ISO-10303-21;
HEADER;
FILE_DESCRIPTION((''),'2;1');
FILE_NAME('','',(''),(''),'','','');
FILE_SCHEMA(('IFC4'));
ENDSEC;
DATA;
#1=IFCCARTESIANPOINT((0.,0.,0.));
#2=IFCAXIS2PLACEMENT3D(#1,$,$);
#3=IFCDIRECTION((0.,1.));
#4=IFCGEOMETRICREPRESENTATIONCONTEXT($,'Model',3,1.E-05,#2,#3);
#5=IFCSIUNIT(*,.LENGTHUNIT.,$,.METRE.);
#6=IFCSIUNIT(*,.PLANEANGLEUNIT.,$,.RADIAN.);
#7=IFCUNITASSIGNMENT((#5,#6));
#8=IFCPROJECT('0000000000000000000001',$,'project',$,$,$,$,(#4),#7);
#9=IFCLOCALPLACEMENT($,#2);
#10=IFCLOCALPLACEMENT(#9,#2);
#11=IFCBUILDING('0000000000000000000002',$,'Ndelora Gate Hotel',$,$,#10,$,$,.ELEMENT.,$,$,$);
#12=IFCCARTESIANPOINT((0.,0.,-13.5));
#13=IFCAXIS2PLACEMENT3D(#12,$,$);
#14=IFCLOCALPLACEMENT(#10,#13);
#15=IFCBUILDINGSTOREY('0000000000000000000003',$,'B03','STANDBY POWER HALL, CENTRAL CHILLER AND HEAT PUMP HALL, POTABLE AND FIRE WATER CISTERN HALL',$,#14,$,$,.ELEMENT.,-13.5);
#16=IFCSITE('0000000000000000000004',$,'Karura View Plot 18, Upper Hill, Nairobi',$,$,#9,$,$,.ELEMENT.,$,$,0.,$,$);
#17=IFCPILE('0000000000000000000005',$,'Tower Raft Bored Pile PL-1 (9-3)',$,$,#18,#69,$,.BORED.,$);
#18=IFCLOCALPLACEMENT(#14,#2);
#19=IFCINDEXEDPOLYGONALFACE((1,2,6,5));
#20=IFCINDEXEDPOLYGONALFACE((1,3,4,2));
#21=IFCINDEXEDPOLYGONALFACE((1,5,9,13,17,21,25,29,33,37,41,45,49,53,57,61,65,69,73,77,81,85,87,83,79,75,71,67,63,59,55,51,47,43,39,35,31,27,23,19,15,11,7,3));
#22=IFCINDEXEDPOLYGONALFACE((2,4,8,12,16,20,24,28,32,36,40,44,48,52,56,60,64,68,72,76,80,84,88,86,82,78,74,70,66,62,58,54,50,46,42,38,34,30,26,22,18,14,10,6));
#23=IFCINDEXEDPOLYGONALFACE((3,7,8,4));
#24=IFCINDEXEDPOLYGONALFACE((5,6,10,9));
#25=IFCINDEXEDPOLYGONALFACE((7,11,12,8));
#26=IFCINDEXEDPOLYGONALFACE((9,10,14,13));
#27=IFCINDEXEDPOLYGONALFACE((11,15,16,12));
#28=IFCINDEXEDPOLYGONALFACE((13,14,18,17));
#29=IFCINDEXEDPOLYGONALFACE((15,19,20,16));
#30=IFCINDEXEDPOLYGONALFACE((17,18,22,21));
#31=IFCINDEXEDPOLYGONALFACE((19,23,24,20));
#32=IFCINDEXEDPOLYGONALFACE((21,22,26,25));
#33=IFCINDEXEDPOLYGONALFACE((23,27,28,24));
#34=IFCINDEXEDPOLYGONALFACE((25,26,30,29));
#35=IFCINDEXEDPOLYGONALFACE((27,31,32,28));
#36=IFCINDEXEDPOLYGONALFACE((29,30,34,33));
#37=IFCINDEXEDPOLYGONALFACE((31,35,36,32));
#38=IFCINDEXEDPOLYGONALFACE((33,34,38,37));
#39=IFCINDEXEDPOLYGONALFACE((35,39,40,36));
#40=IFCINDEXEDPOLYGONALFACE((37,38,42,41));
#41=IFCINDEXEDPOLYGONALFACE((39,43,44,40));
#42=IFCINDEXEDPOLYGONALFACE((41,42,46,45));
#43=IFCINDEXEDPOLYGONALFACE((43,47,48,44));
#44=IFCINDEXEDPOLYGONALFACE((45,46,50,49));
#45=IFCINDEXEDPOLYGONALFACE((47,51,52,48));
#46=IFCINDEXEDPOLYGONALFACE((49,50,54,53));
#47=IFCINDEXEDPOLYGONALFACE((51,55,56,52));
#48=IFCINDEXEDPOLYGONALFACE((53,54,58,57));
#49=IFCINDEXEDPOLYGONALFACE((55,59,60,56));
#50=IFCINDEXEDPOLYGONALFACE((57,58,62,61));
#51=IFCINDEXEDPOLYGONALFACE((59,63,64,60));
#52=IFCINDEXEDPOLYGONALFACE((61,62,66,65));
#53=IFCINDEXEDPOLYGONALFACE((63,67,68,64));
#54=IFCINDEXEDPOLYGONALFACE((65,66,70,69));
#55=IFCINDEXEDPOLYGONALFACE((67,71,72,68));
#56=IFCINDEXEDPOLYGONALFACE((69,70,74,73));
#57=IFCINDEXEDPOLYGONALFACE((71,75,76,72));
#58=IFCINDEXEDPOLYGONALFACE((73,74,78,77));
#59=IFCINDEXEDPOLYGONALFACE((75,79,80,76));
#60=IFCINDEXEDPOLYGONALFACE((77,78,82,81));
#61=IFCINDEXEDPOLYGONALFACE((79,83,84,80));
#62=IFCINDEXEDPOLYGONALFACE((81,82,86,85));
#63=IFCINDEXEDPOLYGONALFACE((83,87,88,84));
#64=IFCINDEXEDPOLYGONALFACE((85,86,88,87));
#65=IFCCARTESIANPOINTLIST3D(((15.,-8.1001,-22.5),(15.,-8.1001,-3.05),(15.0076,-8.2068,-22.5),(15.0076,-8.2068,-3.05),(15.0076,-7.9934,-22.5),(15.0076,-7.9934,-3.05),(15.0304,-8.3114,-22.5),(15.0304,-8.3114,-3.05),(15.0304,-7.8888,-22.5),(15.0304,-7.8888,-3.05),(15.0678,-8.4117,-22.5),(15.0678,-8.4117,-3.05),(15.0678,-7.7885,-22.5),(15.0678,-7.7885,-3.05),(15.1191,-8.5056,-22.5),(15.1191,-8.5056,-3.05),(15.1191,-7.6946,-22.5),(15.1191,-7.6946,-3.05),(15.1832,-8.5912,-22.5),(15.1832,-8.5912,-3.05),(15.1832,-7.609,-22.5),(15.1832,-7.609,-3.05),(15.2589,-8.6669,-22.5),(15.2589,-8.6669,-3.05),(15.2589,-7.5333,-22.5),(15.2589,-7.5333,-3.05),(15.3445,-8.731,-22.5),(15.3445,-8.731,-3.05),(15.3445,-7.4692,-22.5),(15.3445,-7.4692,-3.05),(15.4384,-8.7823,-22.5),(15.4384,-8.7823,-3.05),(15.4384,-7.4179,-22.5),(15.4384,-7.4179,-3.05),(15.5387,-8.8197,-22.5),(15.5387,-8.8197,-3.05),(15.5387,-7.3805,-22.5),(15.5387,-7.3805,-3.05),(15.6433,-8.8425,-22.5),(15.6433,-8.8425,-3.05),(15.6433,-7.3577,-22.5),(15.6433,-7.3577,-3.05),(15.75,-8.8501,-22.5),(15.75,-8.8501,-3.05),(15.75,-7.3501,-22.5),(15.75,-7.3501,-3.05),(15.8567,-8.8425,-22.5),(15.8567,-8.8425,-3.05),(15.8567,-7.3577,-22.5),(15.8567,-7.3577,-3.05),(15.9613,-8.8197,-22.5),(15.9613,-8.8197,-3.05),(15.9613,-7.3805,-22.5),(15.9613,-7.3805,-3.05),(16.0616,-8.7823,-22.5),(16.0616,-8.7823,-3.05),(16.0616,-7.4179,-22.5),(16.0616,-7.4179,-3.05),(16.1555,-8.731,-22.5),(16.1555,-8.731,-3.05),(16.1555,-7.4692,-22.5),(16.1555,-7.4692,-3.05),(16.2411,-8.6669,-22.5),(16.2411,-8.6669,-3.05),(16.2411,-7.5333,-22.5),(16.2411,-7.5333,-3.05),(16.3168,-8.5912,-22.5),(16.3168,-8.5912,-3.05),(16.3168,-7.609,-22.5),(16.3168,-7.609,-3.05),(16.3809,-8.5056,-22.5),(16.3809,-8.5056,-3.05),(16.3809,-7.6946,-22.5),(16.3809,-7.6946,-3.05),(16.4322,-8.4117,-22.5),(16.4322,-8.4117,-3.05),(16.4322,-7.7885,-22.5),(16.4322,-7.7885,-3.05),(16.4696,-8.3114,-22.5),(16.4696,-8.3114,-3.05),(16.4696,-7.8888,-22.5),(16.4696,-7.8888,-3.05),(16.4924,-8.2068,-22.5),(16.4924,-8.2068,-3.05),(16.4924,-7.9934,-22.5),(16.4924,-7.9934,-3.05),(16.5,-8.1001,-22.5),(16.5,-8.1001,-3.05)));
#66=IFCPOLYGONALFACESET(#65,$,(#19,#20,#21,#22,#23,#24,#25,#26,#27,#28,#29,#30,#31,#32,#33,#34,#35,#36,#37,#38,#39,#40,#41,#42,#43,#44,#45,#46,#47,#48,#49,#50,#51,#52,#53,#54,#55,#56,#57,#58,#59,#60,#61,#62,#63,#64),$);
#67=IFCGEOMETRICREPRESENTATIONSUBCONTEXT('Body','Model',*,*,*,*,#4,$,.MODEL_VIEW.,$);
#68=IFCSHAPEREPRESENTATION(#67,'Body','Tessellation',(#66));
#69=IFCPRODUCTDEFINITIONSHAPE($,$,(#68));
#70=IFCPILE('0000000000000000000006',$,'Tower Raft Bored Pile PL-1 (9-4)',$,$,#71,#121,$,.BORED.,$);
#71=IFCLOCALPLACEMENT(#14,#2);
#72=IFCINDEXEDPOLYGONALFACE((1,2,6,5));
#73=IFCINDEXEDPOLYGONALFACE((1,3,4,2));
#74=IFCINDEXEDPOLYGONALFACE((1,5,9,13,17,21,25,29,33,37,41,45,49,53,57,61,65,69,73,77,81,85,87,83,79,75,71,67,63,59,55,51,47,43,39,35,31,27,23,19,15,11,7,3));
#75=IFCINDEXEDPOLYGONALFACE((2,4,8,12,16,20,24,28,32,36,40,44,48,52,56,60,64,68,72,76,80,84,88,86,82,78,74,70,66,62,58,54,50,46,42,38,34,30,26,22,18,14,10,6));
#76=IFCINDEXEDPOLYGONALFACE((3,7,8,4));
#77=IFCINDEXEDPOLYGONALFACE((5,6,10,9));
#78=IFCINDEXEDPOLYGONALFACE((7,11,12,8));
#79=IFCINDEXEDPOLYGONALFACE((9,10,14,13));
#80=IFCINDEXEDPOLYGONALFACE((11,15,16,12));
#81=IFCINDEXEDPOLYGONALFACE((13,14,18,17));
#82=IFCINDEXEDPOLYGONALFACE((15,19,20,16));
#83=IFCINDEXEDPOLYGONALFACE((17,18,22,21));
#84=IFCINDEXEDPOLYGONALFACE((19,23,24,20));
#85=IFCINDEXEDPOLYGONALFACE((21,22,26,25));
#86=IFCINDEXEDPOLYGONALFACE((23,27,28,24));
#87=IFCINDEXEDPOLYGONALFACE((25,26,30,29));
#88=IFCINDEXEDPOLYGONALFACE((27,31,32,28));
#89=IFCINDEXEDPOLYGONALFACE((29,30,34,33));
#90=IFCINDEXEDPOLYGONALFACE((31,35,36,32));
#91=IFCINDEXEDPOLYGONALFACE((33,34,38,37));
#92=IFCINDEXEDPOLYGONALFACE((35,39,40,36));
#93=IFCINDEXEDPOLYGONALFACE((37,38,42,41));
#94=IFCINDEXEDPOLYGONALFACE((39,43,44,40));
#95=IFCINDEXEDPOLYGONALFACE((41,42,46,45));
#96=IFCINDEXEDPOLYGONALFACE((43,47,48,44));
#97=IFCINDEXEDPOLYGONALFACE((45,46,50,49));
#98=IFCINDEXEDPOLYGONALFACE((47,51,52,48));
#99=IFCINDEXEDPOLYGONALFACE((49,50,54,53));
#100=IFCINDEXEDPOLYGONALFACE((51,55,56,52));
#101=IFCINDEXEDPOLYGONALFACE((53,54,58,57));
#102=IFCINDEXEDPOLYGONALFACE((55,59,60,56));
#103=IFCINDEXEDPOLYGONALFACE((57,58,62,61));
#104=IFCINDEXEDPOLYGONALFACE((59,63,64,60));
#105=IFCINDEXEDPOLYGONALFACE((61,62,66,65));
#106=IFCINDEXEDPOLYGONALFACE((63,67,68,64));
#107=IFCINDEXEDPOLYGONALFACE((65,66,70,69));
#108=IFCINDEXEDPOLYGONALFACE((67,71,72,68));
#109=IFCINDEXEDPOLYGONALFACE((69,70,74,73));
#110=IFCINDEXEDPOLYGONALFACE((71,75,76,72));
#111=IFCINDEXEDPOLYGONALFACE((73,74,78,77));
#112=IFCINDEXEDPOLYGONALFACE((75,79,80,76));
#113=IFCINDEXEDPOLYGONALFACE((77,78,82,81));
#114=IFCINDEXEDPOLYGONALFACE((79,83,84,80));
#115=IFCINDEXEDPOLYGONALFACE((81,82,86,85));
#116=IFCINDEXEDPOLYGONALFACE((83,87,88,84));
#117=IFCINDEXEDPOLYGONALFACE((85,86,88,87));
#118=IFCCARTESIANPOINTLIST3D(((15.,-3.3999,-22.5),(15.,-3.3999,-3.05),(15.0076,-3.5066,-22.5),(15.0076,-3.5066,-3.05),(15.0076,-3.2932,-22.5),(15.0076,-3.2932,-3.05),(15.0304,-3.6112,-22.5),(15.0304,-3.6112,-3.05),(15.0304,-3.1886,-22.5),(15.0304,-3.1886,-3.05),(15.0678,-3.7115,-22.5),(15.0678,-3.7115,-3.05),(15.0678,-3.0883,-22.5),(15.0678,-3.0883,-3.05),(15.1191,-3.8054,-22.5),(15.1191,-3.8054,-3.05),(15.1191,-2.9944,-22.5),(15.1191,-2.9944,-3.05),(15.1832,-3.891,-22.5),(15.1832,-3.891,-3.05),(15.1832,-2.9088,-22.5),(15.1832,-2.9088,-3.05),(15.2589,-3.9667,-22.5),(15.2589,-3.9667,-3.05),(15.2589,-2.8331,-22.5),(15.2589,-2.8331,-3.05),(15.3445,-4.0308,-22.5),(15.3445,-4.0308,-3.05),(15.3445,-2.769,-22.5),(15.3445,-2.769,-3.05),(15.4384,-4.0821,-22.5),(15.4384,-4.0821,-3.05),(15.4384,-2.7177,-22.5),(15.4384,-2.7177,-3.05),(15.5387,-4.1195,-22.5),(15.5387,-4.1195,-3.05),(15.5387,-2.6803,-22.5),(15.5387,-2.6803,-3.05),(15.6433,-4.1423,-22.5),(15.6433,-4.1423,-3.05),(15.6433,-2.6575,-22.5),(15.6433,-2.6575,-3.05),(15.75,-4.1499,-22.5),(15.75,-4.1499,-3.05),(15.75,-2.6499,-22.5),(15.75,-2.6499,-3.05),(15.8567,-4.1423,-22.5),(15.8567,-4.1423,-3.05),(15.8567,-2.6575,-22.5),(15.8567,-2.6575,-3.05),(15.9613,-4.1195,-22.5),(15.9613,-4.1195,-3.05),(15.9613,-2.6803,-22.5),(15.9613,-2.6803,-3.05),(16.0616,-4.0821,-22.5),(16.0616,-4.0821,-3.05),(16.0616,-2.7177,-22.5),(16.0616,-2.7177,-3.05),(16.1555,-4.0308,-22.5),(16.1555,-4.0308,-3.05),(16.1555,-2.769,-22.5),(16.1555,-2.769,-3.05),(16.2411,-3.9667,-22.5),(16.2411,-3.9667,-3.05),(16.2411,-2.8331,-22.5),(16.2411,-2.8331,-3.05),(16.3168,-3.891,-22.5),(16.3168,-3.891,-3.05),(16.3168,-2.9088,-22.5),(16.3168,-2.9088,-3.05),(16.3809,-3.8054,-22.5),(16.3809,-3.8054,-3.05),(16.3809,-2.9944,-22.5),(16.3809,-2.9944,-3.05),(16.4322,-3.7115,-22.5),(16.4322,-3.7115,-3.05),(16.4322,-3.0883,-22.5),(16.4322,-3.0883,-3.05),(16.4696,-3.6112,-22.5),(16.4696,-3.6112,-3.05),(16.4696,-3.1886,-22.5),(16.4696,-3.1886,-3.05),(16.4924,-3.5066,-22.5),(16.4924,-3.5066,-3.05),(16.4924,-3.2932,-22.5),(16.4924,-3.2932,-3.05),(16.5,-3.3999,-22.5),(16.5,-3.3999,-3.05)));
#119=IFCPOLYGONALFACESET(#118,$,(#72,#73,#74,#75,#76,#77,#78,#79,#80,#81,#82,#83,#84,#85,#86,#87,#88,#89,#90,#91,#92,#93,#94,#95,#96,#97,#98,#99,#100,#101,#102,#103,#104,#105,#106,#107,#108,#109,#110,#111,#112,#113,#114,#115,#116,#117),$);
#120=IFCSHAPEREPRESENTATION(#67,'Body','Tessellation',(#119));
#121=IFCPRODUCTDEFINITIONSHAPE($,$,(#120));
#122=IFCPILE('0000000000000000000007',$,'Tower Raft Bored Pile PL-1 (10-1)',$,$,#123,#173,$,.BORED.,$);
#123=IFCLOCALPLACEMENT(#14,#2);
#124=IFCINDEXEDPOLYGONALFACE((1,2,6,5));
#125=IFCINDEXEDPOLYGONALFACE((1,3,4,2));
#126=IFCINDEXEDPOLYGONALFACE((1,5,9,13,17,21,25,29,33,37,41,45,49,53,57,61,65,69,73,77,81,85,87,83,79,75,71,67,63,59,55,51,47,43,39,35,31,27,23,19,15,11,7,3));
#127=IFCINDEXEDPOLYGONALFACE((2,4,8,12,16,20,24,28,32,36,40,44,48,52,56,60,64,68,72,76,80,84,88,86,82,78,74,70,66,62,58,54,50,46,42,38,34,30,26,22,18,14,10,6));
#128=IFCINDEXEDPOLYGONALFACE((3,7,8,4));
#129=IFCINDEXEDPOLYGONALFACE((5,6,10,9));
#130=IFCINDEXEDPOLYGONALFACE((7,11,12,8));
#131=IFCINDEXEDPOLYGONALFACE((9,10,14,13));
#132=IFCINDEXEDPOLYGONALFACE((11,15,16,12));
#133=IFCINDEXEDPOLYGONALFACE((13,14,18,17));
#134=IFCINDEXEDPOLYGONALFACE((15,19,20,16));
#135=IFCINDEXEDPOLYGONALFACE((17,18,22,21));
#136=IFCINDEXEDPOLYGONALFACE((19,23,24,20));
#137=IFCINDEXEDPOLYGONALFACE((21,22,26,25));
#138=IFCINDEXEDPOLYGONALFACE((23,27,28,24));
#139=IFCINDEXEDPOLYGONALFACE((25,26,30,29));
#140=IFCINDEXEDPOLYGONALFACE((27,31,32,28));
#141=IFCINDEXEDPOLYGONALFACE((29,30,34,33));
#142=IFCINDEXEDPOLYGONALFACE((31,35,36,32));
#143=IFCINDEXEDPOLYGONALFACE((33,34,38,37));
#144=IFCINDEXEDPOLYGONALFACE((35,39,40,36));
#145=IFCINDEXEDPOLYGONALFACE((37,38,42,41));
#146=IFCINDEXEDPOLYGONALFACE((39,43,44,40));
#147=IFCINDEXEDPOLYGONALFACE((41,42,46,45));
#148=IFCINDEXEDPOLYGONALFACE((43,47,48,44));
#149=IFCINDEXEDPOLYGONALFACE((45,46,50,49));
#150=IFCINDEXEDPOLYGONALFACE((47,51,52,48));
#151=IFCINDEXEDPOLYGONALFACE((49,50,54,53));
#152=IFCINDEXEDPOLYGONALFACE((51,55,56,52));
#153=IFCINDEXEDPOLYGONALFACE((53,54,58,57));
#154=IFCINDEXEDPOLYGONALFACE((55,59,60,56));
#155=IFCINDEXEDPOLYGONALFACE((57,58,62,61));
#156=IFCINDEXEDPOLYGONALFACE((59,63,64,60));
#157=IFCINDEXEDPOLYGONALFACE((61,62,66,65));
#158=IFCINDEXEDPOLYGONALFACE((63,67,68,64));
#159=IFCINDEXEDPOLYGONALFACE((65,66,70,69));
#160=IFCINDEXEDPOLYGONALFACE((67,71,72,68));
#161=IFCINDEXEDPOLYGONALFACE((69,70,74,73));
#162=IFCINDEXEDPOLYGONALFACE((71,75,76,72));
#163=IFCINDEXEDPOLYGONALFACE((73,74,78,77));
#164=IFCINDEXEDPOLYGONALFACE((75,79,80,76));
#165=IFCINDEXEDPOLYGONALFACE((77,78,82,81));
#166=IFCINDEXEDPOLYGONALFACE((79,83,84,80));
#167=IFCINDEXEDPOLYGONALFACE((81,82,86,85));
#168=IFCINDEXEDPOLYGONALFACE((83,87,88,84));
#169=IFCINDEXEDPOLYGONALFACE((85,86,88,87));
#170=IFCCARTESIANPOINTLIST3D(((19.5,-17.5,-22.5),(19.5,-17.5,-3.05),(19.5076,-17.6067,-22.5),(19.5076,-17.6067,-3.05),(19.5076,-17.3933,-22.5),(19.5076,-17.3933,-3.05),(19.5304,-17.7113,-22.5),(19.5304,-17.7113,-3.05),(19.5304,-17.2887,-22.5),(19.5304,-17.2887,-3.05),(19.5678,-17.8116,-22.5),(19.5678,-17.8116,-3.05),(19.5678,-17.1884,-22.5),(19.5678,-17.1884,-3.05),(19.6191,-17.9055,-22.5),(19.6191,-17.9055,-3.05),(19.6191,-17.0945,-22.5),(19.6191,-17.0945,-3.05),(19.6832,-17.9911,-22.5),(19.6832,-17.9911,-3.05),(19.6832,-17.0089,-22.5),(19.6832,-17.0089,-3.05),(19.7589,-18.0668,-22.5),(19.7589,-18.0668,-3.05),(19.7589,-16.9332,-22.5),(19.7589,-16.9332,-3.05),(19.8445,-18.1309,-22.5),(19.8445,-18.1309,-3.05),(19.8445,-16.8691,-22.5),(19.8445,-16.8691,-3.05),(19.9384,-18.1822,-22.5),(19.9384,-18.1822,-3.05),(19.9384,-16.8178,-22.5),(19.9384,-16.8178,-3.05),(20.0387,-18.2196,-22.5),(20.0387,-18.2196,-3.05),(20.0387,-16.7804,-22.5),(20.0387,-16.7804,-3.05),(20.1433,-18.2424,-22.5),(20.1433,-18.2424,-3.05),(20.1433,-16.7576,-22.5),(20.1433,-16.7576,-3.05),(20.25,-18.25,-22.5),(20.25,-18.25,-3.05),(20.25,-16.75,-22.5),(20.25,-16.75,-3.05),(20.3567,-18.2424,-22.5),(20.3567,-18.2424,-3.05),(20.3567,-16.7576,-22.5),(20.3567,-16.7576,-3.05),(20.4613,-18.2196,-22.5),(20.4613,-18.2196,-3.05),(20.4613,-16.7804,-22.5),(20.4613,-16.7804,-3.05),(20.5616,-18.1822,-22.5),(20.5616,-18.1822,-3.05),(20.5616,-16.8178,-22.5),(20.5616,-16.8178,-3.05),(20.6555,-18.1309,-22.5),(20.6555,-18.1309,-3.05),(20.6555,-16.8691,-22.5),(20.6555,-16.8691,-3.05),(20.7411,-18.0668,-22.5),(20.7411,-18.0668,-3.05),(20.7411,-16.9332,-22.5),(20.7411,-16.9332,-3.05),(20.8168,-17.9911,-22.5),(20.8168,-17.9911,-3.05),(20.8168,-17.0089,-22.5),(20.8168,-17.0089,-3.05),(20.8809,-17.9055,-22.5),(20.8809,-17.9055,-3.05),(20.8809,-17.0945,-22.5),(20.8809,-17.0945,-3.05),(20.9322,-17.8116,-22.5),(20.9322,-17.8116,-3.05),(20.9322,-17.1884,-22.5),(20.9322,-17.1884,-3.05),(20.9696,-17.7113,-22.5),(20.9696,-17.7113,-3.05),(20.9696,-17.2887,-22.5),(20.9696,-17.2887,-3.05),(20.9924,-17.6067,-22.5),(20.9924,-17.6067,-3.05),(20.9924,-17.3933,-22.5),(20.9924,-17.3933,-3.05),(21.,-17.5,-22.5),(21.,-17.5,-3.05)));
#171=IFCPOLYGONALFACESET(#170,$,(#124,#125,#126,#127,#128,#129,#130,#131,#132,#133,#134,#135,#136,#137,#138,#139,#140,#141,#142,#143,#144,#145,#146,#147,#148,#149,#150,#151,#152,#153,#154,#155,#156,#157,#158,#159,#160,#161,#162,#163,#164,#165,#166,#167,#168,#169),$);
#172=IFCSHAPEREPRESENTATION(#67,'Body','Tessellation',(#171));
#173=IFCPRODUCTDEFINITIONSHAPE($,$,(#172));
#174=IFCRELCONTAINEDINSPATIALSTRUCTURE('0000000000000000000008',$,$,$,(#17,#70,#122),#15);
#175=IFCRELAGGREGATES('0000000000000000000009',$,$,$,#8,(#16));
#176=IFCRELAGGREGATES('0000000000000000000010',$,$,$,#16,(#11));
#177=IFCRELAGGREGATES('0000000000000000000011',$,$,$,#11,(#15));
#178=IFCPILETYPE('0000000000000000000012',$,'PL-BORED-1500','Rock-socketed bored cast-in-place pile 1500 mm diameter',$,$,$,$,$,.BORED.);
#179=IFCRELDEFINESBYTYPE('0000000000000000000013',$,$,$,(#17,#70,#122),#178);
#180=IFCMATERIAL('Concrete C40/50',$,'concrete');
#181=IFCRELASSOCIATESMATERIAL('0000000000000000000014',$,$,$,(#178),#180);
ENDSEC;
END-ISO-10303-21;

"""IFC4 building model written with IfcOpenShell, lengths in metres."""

from ifc_helpers import new_model, si_unit, direction, frame, origin, origin_2d, place, context, subcontext, project, spatial, circle, extrude, material, material_profile, profile_set, type_object, element, save


model = new_model("IFC4")

# Units and contexts
model_context = context("Model", 3, precision=1e-05, world=origin(), true_north=direction((0.0, 1.0)))
body_context = subcontext(model_context, "Body", "Model", "MODEL_VIEW")
ifc_project = project(units=[si_unit("LENGTHUNIT", "METRE"), si_unit("PLANEANGLEUNIT", "RADIAN")], contexts=[model_context])

# Site, building, storey
site_placement = place(None, origin())
site = spatial("IfcSite", under=ifc_project, at=site_placement, Name="Karura View Plot 18, Upper Hill, Nairobi", CompositionType="ELEMENT", RefElevation=0.0)
building_placement = place(site_placement, origin())
building = spatial("IfcBuilding", under=site, at=building_placement, Name="Ndelora Gate Hotel", CompositionType="ELEMENT")
storey_placement = place(building_placement, frame((0.0, 0.0, -13.5)))
storey = spatial("IfcBuildingStorey", under=building, at=storey_placement, Name="B03", Description="STANDBY POWER HALL, CENTRAL CHILLER AND HEAT PUMP HALL, POTABLE AND FIRE WATER CISTERN HALL", CompositionType="ELEMENT", Elevation=-13.5)

# Shared definitions
ifc_material_1 = material(Name="Concrete C40/50", Category="concrete")

# Piles
ifc_material_profile_1 = material_profile(ifc_material_1, circle(Radius=0.75, at=origin_2d()), Name="PILE D1500")
ifc_profile_set_1 = profile_set([ifc_material_profile_1], Name="Concrete C40/50")
pile_type_1 = type_object("IfcPileType", Name="PL-BORED-1500", Description="Rock-socketed bored cast-in-place pile 1500 mm diameter", PredefinedType="BORED", material=ifc_profile_set_1)
for number, where, z_axis, x_axis, name in (
    (1, (15.75, -8.1001, -3.05), (0.0, 0.0, -1.0), (1.0, 0.0, 0.0), "Tower Raft Bored Pile PL-1 (9-3)"),
    (2, (15.75, -3.3999, -3.05), (0.0, 0.0, -1.0), (1.0, 0.0, 0.0), "Tower Raft Bored Pile PL-1 (9-4)"),
    (3, (20.25, -17.5, -3.05), (0.0, 0.0, -1.0), (1.0, 0.0, 0.0), "Tower Raft Bored Pile PL-1 (10-1)"),
):
    element("IfcPile", number, at=place(storey_placement, frame(where, z_axis=z_axis, x_axis=x_axis)), inside=storey, type_object=pile_type_1, Name=name, PredefinedType="BORED", context=body_context, shape_type="SweptSolid", body=[
        extrude(circle(Radius=0.75, at=origin_2d()), origin(), (0.0, 0.0, 1.0), 19.45),
    ])

save(model, "model.ifc")
